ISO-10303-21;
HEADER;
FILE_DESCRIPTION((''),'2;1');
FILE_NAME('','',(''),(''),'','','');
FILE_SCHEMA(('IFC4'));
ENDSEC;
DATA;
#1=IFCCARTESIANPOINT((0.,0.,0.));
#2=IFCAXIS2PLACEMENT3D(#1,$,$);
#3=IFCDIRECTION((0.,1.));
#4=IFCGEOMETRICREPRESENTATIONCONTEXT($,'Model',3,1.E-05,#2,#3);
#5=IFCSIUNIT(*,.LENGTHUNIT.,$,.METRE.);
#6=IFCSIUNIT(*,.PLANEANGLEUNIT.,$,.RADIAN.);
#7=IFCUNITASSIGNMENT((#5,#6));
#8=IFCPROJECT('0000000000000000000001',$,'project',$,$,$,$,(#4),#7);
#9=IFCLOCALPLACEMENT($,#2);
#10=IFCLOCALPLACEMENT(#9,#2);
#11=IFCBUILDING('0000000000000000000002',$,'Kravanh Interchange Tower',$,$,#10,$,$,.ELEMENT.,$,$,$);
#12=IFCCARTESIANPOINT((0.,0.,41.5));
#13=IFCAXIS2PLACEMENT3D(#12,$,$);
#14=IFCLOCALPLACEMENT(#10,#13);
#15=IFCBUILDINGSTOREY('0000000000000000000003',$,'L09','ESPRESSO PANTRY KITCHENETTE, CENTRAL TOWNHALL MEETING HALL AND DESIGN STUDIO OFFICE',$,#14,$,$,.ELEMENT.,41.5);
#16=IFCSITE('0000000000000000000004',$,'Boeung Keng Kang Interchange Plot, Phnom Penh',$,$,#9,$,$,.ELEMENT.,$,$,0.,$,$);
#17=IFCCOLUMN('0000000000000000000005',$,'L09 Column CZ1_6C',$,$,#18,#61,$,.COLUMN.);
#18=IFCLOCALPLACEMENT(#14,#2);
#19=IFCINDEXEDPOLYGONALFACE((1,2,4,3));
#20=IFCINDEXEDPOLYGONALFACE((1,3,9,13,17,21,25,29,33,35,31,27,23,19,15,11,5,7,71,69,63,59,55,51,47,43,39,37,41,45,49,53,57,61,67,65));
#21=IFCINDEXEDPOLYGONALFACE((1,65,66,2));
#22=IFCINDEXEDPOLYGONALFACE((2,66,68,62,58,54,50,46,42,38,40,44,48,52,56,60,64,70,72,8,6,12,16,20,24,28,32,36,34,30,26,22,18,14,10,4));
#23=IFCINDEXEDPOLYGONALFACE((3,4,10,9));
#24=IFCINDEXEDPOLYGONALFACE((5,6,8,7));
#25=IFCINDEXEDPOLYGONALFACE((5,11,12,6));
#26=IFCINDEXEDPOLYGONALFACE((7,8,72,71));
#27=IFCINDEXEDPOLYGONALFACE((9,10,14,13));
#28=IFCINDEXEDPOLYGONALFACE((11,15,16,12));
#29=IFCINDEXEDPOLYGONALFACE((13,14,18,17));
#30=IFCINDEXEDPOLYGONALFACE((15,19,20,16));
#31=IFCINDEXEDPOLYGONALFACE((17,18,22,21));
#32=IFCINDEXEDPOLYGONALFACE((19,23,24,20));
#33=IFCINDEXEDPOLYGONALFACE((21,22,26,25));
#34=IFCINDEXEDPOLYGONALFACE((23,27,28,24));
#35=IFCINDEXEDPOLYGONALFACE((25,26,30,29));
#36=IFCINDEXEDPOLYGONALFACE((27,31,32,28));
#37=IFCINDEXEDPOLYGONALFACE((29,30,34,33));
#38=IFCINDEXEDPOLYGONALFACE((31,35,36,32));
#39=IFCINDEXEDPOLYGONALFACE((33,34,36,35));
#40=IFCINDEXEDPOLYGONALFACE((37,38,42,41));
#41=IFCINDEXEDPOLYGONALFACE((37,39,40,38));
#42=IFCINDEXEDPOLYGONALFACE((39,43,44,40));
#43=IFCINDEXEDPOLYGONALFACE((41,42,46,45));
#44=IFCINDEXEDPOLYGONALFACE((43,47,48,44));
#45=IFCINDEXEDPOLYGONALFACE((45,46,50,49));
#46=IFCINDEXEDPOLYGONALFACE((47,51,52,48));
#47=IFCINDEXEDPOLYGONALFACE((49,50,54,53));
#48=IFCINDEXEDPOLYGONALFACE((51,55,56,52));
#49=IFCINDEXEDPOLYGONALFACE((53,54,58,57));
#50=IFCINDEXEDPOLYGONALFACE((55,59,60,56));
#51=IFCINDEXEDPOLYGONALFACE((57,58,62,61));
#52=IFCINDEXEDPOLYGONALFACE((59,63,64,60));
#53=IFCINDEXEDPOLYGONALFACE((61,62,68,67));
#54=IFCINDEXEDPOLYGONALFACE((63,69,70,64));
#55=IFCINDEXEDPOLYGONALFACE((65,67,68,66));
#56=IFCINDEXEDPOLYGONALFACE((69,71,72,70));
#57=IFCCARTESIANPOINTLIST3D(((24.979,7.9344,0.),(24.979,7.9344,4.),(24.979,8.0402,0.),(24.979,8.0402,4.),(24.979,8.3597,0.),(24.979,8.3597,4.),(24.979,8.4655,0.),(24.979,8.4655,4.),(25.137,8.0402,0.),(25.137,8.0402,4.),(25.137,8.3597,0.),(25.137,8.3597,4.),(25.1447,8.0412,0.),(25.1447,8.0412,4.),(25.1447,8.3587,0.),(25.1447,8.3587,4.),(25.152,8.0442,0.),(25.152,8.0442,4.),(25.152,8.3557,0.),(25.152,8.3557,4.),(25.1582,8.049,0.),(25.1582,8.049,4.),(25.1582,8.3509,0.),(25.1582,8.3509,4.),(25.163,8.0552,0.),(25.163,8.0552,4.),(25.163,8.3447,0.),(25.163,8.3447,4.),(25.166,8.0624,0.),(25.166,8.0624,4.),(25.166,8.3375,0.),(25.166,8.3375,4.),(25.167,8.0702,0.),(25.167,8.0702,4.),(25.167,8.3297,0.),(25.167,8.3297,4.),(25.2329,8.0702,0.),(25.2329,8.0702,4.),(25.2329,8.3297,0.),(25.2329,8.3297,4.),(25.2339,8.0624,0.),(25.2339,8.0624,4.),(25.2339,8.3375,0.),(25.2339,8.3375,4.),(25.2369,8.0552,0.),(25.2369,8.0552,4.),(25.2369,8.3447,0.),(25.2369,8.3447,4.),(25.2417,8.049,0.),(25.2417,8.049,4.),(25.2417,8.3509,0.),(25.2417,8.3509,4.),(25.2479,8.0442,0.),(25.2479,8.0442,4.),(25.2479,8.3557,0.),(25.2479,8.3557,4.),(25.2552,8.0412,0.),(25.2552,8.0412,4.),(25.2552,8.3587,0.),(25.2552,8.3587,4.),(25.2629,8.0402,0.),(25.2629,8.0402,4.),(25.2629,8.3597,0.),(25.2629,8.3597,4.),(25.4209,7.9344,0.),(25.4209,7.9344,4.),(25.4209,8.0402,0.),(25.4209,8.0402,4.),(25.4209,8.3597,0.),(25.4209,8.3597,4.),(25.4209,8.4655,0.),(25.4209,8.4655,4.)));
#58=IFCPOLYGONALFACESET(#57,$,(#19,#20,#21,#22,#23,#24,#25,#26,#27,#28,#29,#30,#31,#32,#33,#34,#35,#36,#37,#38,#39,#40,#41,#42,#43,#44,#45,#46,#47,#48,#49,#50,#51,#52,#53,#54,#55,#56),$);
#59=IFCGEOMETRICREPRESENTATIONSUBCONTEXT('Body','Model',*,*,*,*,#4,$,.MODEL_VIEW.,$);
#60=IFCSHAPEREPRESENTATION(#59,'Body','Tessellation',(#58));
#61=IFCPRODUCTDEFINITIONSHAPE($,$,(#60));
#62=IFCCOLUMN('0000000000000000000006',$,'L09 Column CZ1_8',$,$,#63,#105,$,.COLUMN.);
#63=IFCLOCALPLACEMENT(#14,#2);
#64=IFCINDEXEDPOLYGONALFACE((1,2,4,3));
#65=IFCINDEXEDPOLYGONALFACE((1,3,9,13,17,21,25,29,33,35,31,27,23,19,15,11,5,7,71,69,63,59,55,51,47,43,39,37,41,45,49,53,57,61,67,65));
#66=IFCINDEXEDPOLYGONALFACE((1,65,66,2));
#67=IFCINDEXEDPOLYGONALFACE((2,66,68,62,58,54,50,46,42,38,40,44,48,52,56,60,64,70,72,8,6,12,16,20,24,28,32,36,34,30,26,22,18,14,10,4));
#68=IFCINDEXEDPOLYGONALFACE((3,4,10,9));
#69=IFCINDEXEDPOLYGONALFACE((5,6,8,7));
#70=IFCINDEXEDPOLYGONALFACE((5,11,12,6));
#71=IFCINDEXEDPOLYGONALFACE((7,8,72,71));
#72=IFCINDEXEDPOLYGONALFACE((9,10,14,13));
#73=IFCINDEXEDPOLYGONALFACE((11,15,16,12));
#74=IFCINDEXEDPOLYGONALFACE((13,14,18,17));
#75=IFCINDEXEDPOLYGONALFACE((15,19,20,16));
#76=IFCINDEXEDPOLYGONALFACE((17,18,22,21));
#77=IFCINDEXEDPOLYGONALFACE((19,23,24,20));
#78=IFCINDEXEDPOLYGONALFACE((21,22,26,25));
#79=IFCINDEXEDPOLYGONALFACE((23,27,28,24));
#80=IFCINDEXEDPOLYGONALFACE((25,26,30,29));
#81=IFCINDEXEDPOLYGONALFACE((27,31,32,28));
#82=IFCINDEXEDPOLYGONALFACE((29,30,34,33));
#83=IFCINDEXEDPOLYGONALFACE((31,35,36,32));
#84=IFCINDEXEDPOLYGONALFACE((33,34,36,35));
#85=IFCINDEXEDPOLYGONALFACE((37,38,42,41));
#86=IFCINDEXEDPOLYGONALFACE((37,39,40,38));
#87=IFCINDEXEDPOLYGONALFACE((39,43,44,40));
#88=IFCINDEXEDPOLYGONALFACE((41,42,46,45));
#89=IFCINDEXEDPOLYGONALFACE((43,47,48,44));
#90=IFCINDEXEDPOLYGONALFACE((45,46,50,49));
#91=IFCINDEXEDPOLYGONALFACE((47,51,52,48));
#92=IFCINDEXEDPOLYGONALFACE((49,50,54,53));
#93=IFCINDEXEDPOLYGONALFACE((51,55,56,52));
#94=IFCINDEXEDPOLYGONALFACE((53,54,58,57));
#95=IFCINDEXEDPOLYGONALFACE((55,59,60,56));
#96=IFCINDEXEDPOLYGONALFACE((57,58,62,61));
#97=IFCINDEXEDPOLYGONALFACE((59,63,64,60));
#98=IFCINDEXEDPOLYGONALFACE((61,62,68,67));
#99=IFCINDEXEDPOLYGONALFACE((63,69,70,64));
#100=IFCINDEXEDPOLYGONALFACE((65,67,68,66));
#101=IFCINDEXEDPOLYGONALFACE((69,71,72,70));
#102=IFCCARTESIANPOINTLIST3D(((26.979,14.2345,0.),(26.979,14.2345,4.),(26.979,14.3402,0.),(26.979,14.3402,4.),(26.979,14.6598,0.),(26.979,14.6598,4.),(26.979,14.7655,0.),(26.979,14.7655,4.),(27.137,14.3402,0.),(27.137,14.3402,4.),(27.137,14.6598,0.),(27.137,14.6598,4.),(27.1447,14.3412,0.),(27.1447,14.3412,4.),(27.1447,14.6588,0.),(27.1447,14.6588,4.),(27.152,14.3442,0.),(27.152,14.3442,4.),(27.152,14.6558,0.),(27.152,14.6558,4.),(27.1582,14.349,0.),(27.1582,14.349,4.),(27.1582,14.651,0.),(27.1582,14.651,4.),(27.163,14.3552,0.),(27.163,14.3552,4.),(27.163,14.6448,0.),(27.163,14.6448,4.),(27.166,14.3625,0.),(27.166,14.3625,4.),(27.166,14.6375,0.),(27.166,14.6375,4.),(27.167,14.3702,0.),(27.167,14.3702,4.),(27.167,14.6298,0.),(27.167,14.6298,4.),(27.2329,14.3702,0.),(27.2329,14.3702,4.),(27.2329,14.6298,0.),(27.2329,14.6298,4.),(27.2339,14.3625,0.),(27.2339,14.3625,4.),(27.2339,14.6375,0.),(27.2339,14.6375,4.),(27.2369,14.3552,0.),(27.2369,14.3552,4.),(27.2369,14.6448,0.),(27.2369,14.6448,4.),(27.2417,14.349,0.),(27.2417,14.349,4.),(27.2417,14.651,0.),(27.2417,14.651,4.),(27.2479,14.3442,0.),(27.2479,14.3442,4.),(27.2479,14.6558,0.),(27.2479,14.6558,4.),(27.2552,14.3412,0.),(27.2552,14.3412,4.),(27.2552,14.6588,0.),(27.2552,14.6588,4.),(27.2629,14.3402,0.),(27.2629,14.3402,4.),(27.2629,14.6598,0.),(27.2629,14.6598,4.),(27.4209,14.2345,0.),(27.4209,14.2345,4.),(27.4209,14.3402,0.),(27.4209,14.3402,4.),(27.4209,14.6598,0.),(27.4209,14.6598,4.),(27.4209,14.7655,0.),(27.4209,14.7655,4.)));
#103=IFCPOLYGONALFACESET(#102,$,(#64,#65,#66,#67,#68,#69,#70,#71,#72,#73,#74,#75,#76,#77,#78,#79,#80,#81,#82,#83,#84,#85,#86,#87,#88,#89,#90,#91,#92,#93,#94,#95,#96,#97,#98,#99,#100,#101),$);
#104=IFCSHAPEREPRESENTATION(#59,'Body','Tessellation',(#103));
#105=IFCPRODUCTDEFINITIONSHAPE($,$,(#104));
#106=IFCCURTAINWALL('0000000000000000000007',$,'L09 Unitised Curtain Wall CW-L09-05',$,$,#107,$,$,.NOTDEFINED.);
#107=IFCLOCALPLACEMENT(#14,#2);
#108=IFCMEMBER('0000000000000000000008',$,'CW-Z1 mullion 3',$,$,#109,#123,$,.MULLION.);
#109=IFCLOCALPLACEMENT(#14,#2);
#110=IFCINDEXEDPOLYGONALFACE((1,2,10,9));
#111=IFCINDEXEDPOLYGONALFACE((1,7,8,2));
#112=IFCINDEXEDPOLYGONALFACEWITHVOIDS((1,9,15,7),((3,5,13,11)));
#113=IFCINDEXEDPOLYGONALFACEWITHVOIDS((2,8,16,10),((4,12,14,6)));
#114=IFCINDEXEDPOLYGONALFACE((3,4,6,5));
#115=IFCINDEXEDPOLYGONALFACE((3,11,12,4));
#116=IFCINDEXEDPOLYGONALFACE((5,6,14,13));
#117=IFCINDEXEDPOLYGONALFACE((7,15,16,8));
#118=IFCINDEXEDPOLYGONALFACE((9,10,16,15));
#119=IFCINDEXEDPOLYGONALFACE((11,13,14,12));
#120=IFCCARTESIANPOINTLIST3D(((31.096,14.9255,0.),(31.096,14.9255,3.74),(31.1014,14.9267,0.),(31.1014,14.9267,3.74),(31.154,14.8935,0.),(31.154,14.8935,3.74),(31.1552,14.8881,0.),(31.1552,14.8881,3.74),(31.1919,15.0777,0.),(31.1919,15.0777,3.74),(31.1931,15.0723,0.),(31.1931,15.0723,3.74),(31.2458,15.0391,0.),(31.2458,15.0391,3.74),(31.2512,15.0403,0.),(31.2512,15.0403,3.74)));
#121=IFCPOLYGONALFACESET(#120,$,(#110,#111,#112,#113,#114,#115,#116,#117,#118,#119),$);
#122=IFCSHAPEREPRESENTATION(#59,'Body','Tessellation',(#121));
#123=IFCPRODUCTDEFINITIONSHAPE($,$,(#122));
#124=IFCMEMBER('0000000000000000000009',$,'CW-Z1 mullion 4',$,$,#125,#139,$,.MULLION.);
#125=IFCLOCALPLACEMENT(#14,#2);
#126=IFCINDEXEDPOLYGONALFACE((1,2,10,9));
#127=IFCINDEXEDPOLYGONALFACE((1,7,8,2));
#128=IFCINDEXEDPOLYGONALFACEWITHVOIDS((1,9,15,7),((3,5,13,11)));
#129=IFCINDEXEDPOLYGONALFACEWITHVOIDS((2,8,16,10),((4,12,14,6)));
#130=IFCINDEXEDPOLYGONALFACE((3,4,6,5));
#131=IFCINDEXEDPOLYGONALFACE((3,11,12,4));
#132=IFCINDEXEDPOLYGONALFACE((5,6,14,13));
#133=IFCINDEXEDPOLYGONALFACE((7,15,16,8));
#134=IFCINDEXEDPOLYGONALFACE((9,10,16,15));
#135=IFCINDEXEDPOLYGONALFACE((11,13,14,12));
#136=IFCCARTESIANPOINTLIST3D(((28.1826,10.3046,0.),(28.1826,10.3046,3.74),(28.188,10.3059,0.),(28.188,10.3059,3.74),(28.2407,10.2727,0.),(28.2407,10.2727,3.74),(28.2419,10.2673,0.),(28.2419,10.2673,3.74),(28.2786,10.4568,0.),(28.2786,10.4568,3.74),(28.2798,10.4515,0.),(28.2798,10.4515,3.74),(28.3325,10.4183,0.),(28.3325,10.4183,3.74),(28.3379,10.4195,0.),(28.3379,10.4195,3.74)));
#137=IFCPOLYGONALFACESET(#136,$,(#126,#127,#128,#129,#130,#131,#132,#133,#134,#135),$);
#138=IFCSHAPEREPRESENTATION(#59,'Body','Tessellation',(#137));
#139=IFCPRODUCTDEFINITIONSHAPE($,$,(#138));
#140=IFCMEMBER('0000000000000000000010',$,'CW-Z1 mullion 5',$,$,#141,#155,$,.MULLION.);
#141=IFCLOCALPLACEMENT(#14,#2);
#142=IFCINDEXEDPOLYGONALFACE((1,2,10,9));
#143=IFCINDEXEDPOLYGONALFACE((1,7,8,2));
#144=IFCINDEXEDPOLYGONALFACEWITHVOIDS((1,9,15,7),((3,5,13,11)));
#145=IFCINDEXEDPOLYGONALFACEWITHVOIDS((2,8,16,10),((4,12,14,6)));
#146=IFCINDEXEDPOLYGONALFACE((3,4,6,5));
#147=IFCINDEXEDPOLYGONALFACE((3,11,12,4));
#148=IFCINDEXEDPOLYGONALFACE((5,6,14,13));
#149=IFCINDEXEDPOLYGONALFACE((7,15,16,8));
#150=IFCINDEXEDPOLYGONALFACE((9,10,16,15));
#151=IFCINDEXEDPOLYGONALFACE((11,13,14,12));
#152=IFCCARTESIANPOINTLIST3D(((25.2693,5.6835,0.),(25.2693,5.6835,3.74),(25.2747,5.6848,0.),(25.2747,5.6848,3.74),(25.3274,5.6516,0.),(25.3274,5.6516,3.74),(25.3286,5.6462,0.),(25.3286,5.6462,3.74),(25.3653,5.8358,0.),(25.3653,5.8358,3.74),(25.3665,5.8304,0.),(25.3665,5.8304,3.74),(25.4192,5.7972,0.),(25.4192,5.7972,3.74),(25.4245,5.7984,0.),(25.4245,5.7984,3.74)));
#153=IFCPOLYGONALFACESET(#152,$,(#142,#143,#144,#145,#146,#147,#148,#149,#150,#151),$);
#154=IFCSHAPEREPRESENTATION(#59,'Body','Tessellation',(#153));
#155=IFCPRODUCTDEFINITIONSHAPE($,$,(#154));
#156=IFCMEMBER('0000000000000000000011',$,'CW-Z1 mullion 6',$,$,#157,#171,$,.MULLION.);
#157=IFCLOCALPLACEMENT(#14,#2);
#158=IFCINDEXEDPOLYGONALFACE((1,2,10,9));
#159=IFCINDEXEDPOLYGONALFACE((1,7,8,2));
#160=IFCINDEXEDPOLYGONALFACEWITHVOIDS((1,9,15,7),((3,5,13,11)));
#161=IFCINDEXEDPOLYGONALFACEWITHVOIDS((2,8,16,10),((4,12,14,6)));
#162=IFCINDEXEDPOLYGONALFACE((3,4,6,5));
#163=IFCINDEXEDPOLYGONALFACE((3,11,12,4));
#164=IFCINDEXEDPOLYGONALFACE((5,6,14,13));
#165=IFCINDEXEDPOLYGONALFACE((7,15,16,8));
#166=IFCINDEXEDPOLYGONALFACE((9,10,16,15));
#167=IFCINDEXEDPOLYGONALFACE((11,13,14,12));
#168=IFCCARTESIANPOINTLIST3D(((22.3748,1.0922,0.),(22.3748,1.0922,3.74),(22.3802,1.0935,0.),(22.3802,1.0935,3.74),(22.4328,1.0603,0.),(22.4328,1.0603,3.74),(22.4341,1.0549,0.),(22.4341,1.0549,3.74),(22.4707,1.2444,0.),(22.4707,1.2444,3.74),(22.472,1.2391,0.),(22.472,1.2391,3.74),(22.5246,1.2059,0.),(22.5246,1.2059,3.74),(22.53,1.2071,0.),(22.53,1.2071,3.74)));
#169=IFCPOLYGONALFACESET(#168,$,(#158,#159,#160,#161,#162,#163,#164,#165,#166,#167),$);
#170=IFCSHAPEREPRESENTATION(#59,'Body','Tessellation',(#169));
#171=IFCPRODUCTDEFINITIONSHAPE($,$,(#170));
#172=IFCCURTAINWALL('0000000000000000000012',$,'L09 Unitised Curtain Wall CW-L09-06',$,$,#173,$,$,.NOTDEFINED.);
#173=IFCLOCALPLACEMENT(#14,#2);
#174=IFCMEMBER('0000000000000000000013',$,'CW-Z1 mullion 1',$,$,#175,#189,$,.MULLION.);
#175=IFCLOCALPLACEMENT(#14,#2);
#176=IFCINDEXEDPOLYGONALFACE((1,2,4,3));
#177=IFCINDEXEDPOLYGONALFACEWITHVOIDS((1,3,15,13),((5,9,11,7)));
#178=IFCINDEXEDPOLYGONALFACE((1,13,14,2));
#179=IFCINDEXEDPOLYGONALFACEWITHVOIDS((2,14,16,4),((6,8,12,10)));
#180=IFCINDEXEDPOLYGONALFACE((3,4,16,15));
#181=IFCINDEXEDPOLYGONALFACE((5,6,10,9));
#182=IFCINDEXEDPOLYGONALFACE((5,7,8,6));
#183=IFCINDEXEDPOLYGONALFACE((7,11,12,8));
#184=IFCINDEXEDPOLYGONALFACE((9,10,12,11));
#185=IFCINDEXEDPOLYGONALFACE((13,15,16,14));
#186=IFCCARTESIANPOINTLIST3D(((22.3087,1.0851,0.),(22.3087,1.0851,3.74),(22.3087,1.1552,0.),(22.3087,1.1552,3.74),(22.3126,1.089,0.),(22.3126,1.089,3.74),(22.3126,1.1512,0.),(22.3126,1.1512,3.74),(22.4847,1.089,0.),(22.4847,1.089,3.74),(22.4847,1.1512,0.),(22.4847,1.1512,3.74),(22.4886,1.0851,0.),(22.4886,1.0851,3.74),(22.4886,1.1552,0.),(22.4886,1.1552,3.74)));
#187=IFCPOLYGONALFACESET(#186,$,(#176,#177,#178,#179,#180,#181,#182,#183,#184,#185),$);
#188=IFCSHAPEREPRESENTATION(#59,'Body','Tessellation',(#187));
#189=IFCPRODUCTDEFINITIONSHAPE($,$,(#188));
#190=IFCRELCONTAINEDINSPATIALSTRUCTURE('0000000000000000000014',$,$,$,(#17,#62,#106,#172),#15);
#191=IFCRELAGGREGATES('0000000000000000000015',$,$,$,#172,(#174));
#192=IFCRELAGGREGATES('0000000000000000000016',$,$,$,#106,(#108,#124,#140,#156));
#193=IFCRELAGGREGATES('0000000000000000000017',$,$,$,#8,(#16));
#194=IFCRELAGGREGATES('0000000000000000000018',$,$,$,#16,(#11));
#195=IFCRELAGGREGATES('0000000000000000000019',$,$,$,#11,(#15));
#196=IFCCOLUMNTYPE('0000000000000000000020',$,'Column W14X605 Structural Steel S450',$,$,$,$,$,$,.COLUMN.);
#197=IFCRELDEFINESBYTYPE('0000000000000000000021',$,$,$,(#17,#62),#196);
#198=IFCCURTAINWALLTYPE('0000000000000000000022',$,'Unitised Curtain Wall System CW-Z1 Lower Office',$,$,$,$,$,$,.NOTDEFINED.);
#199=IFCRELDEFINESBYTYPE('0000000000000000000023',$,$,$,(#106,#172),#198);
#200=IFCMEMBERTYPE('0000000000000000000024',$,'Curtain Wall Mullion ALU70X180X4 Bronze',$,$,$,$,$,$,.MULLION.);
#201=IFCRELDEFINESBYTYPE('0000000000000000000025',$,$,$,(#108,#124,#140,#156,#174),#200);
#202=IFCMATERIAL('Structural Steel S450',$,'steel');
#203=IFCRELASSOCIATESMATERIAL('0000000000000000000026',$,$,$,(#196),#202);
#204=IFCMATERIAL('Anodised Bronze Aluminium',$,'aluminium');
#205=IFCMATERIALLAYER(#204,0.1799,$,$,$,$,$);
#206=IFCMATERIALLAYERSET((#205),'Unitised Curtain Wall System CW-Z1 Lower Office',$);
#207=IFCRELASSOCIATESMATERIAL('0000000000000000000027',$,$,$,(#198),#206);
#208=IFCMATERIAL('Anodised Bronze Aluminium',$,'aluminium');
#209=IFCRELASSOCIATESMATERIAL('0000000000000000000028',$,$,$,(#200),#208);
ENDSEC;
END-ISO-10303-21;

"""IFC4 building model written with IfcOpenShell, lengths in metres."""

from ifc_helpers import new_model, si_unit, direction, frame, origin, origin_2d, place, context, subcontext, project, spatial, hollow_rectangle, i_section, extrude, material, layer, layer_set, material_profile, profile_set, type_object, element, aggregate, save


model = new_model("IFC4")

# Units and contexts
model_context = context("Model", 3, precision=1e-05, world=origin(), true_north=direction((0.0, 1.0)))
body_context = subcontext(model_context, "Body", "Model", "MODEL_VIEW")
ifc_project = project(units=[si_unit("LENGTHUNIT", "METRE"), si_unit("PLANEANGLEUNIT", "RADIAN")], contexts=[model_context])

# Site, building, storey
site_placement = place(None, origin())
site = spatial("IfcSite", under=ifc_project, at=site_placement, Name="Boeung Keng Kang Interchange Plot, Phnom Penh", CompositionType="ELEMENT", RefElevation=0.0)
building_placement = place(site_placement, origin())
building = spatial("IfcBuilding", under=site, at=building_placement, Name="Kravanh Interchange Tower", CompositionType="ELEMENT")
storey_placement = place(building_placement, frame((0.0, 0.0, 41.5)))
storey = spatial("IfcBuildingStorey", under=building, at=storey_placement, Name="L09", Description="ESPRESSO PANTRY KITCHENETTE, CENTRAL TOWNHALL MEETING HALL AND DESIGN STUDIO OFFICE", CompositionType="ELEMENT", Elevation=41.5)

# Columns
ifc_material_1 = material(Name="Structural Steel S450", Category="steel")
ifc_material_profile_1 = material_profile(ifc_material_1, i_section(OverallWidth=0.4419, OverallDepth=0.531, WebThickness=0.0659, FlangeThickness=0.1057, FilletRadius=0.03, at=origin_2d()), Name="W14X605")
ifc_profile_set_1 = profile_set([ifc_material_profile_1], Name="Structural Steel S450")
column_type = type_object("IfcColumnType", Name="Column W14X605 Structural Steel S450", PredefinedType="COLUMN", material=ifc_profile_set_1)
for number, where, z_axis, x_axis, name in (
    (1, (25.2, 8.2, 0.0), (0.0, 0.0, 1.0), (1.0, 0.0, 0.0), "L09 Column CZ1_6C"),
    (2, (27.2, 14.5, 0.0), (0.0, 0.0, 1.0), (1.0, 0.0, 0.0), "L09 Column CZ1_8"),
):
    element("IfcColumn", number, at=place(storey_placement, frame(where, z_axis=z_axis, x_axis=x_axis)), inside=storey, type_object=column_type, Name=name, PredefinedType="COLUMN", context=body_context, shape_type="SweptSolid", body=[
        extrude(i_section(OverallWidth=0.4419, OverallDepth=0.531, WebThickness=0.0659, FlangeThickness=0.1057, FilletRadius=0.03, at=origin_2d()), origin(), (0.0, 0.0, 1.0), 4.0),
    ])

# Curtain wall, members
ifc_material_2 = material(Name="Anodised Bronze Aluminium", Category="aluminium")
ifc_layer_1 = layer(ifc_material_2, 0.1799)
ifc_layer_set_1 = layer_set([ifc_layer_1], Name="Unitised Curtain Wall System CW-Z1 Lower Office")
curtain_wall_type = type_object("IfcCurtainWallType", Name="Unitised Curtain Wall System CW-Z1 Lower Office", PredefinedType="NOTDEFINED", material=ifc_layer_set_1)
curtain_wall_1_placement = place(storey_placement, origin())
curtain_wall_1 = element("IfcCurtainWall", 3, at=curtain_wall_1_placement, inside=storey, type_object=curtain_wall_type, Name="L09 Unitised Curtain Wall CW-L09-05", PredefinedType="NOTDEFINED")
ifc_material_3 = material(Name="Anodised Bronze Aluminium", Category="aluminium")
ifc_material_profile_2 = material_profile(ifc_material_3, hollow_rectangle(XDim=0.0701, YDim=0.1799, WallThickness=0.0039, at=origin_2d()), Name="ALU70X180X4")
ifc_profile_set_2 = profile_set([ifc_material_profile_2], Name="Anodised Bronze Aluminium")
member_type_1 = type_object("IfcMemberType", Name="Curtain Wall Mullion ALU70X180X4 Bronze", PredefinedType="MULLION", material=ifc_profile_set_2)
member_1_placement = place(storey_placement, frame((31.1736, 14.9829, 0.0), z_axis=(0.0, 0.0, 1.0), x_axis=(0.845926, -0.533301, 0.0)))
member_1 = element("IfcMember", 4, at=member_1_placement, type_object=member_type_1, Name="CW-Z1 mullion 3", PredefinedType="MULLION", context=body_context, shape_type="SweptSolid", body=[
    extrude(hollow_rectangle(XDim=0.0701, YDim=0.1799, WallThickness=0.0039, at=origin_2d()), origin(), (0.0, 0.0, 1.0), 3.74),
])
member_2_placement = place(storey_placement, frame((28.2603, 10.3621, 0.0), z_axis=(0.0, 0.0, 1.0), x_axis=(0.845926, -0.533301, 0.0)))
member_2 = element("IfcMember", 5, at=member_2_placement, type_object=member_type_1, Name="CW-Z1 mullion 4", PredefinedType="MULLION", context=body_context, shape_type="SweptSolid", body=[
    extrude(hollow_rectangle(XDim=0.0701, YDim=0.1799, WallThickness=0.0039, at=origin_2d()), origin(), (0.0, 0.0, 1.0), 3.74),
])
member_3_placement = place(storey_placement, frame((25.3469, 5.741, 0.0), z_axis=(0.0, 0.0, 1.0), x_axis=(0.845926, -0.533301, 0.0)))
member_3 = element("IfcMember", 6, at=member_3_placement, type_object=member_type_1, Name="CW-Z1 mullion 5", PredefinedType="MULLION", context=body_context, shape_type="SweptSolid", body=[
    extrude(hollow_rectangle(XDim=0.0701, YDim=0.1799, WallThickness=0.0039, at=origin_2d()), origin(), (0.0, 0.0, 1.0), 3.74),
])
member_4_placement = place(storey_placement, frame((22.4524, 1.1497, 0.0), z_axis=(0.0, 0.0, 1.0), x_axis=(0.845926, -0.533301, 0.0)))
member_4 = element("IfcMember", 7, at=member_4_placement, type_object=member_type_1, Name="CW-Z1 mullion 6", PredefinedType="MULLION", context=body_context, shape_type="SweptSolid", body=[
    extrude(hollow_rectangle(XDim=0.0701, YDim=0.1799, WallThickness=0.0039, at=origin_2d()), origin(), (0.0, 0.0, 1.0), 3.74),
])

# Curtain wall, member
curtain_wall_2_placement = place(storey_placement, origin())
curtain_wall_2 = element("IfcCurtainWall", 8, at=curtain_wall_2_placement, inside=storey, type_object=curtain_wall_type, Name="L09 Unitised Curtain Wall CW-L09-06", PredefinedType="NOTDEFINED")
member_5_placement = place(storey_placement, frame((22.3987, 1.1201, 0.0), z_axis=(0.0, 0.0, 1.0), x_axis=(0.0, -1.0, 0.0)))
member_5 = element("IfcMember", 9, at=member_5_placement, type_object=member_type_1, Name="CW-Z1 mullion 1", PredefinedType="MULLION", context=body_context, shape_type="SweptSolid", body=[
    extrude(hollow_rectangle(XDim=0.0701, YDim=0.1799, WallThickness=0.0039, at=origin_2d()), origin(), (0.0, 0.0, 1.0), 3.74),
])

aggregate(curtain_wall_2, [member_5])

aggregate(curtain_wall_1, [member_1, member_2, member_3, member_4])

save(model, "model.ifc")
